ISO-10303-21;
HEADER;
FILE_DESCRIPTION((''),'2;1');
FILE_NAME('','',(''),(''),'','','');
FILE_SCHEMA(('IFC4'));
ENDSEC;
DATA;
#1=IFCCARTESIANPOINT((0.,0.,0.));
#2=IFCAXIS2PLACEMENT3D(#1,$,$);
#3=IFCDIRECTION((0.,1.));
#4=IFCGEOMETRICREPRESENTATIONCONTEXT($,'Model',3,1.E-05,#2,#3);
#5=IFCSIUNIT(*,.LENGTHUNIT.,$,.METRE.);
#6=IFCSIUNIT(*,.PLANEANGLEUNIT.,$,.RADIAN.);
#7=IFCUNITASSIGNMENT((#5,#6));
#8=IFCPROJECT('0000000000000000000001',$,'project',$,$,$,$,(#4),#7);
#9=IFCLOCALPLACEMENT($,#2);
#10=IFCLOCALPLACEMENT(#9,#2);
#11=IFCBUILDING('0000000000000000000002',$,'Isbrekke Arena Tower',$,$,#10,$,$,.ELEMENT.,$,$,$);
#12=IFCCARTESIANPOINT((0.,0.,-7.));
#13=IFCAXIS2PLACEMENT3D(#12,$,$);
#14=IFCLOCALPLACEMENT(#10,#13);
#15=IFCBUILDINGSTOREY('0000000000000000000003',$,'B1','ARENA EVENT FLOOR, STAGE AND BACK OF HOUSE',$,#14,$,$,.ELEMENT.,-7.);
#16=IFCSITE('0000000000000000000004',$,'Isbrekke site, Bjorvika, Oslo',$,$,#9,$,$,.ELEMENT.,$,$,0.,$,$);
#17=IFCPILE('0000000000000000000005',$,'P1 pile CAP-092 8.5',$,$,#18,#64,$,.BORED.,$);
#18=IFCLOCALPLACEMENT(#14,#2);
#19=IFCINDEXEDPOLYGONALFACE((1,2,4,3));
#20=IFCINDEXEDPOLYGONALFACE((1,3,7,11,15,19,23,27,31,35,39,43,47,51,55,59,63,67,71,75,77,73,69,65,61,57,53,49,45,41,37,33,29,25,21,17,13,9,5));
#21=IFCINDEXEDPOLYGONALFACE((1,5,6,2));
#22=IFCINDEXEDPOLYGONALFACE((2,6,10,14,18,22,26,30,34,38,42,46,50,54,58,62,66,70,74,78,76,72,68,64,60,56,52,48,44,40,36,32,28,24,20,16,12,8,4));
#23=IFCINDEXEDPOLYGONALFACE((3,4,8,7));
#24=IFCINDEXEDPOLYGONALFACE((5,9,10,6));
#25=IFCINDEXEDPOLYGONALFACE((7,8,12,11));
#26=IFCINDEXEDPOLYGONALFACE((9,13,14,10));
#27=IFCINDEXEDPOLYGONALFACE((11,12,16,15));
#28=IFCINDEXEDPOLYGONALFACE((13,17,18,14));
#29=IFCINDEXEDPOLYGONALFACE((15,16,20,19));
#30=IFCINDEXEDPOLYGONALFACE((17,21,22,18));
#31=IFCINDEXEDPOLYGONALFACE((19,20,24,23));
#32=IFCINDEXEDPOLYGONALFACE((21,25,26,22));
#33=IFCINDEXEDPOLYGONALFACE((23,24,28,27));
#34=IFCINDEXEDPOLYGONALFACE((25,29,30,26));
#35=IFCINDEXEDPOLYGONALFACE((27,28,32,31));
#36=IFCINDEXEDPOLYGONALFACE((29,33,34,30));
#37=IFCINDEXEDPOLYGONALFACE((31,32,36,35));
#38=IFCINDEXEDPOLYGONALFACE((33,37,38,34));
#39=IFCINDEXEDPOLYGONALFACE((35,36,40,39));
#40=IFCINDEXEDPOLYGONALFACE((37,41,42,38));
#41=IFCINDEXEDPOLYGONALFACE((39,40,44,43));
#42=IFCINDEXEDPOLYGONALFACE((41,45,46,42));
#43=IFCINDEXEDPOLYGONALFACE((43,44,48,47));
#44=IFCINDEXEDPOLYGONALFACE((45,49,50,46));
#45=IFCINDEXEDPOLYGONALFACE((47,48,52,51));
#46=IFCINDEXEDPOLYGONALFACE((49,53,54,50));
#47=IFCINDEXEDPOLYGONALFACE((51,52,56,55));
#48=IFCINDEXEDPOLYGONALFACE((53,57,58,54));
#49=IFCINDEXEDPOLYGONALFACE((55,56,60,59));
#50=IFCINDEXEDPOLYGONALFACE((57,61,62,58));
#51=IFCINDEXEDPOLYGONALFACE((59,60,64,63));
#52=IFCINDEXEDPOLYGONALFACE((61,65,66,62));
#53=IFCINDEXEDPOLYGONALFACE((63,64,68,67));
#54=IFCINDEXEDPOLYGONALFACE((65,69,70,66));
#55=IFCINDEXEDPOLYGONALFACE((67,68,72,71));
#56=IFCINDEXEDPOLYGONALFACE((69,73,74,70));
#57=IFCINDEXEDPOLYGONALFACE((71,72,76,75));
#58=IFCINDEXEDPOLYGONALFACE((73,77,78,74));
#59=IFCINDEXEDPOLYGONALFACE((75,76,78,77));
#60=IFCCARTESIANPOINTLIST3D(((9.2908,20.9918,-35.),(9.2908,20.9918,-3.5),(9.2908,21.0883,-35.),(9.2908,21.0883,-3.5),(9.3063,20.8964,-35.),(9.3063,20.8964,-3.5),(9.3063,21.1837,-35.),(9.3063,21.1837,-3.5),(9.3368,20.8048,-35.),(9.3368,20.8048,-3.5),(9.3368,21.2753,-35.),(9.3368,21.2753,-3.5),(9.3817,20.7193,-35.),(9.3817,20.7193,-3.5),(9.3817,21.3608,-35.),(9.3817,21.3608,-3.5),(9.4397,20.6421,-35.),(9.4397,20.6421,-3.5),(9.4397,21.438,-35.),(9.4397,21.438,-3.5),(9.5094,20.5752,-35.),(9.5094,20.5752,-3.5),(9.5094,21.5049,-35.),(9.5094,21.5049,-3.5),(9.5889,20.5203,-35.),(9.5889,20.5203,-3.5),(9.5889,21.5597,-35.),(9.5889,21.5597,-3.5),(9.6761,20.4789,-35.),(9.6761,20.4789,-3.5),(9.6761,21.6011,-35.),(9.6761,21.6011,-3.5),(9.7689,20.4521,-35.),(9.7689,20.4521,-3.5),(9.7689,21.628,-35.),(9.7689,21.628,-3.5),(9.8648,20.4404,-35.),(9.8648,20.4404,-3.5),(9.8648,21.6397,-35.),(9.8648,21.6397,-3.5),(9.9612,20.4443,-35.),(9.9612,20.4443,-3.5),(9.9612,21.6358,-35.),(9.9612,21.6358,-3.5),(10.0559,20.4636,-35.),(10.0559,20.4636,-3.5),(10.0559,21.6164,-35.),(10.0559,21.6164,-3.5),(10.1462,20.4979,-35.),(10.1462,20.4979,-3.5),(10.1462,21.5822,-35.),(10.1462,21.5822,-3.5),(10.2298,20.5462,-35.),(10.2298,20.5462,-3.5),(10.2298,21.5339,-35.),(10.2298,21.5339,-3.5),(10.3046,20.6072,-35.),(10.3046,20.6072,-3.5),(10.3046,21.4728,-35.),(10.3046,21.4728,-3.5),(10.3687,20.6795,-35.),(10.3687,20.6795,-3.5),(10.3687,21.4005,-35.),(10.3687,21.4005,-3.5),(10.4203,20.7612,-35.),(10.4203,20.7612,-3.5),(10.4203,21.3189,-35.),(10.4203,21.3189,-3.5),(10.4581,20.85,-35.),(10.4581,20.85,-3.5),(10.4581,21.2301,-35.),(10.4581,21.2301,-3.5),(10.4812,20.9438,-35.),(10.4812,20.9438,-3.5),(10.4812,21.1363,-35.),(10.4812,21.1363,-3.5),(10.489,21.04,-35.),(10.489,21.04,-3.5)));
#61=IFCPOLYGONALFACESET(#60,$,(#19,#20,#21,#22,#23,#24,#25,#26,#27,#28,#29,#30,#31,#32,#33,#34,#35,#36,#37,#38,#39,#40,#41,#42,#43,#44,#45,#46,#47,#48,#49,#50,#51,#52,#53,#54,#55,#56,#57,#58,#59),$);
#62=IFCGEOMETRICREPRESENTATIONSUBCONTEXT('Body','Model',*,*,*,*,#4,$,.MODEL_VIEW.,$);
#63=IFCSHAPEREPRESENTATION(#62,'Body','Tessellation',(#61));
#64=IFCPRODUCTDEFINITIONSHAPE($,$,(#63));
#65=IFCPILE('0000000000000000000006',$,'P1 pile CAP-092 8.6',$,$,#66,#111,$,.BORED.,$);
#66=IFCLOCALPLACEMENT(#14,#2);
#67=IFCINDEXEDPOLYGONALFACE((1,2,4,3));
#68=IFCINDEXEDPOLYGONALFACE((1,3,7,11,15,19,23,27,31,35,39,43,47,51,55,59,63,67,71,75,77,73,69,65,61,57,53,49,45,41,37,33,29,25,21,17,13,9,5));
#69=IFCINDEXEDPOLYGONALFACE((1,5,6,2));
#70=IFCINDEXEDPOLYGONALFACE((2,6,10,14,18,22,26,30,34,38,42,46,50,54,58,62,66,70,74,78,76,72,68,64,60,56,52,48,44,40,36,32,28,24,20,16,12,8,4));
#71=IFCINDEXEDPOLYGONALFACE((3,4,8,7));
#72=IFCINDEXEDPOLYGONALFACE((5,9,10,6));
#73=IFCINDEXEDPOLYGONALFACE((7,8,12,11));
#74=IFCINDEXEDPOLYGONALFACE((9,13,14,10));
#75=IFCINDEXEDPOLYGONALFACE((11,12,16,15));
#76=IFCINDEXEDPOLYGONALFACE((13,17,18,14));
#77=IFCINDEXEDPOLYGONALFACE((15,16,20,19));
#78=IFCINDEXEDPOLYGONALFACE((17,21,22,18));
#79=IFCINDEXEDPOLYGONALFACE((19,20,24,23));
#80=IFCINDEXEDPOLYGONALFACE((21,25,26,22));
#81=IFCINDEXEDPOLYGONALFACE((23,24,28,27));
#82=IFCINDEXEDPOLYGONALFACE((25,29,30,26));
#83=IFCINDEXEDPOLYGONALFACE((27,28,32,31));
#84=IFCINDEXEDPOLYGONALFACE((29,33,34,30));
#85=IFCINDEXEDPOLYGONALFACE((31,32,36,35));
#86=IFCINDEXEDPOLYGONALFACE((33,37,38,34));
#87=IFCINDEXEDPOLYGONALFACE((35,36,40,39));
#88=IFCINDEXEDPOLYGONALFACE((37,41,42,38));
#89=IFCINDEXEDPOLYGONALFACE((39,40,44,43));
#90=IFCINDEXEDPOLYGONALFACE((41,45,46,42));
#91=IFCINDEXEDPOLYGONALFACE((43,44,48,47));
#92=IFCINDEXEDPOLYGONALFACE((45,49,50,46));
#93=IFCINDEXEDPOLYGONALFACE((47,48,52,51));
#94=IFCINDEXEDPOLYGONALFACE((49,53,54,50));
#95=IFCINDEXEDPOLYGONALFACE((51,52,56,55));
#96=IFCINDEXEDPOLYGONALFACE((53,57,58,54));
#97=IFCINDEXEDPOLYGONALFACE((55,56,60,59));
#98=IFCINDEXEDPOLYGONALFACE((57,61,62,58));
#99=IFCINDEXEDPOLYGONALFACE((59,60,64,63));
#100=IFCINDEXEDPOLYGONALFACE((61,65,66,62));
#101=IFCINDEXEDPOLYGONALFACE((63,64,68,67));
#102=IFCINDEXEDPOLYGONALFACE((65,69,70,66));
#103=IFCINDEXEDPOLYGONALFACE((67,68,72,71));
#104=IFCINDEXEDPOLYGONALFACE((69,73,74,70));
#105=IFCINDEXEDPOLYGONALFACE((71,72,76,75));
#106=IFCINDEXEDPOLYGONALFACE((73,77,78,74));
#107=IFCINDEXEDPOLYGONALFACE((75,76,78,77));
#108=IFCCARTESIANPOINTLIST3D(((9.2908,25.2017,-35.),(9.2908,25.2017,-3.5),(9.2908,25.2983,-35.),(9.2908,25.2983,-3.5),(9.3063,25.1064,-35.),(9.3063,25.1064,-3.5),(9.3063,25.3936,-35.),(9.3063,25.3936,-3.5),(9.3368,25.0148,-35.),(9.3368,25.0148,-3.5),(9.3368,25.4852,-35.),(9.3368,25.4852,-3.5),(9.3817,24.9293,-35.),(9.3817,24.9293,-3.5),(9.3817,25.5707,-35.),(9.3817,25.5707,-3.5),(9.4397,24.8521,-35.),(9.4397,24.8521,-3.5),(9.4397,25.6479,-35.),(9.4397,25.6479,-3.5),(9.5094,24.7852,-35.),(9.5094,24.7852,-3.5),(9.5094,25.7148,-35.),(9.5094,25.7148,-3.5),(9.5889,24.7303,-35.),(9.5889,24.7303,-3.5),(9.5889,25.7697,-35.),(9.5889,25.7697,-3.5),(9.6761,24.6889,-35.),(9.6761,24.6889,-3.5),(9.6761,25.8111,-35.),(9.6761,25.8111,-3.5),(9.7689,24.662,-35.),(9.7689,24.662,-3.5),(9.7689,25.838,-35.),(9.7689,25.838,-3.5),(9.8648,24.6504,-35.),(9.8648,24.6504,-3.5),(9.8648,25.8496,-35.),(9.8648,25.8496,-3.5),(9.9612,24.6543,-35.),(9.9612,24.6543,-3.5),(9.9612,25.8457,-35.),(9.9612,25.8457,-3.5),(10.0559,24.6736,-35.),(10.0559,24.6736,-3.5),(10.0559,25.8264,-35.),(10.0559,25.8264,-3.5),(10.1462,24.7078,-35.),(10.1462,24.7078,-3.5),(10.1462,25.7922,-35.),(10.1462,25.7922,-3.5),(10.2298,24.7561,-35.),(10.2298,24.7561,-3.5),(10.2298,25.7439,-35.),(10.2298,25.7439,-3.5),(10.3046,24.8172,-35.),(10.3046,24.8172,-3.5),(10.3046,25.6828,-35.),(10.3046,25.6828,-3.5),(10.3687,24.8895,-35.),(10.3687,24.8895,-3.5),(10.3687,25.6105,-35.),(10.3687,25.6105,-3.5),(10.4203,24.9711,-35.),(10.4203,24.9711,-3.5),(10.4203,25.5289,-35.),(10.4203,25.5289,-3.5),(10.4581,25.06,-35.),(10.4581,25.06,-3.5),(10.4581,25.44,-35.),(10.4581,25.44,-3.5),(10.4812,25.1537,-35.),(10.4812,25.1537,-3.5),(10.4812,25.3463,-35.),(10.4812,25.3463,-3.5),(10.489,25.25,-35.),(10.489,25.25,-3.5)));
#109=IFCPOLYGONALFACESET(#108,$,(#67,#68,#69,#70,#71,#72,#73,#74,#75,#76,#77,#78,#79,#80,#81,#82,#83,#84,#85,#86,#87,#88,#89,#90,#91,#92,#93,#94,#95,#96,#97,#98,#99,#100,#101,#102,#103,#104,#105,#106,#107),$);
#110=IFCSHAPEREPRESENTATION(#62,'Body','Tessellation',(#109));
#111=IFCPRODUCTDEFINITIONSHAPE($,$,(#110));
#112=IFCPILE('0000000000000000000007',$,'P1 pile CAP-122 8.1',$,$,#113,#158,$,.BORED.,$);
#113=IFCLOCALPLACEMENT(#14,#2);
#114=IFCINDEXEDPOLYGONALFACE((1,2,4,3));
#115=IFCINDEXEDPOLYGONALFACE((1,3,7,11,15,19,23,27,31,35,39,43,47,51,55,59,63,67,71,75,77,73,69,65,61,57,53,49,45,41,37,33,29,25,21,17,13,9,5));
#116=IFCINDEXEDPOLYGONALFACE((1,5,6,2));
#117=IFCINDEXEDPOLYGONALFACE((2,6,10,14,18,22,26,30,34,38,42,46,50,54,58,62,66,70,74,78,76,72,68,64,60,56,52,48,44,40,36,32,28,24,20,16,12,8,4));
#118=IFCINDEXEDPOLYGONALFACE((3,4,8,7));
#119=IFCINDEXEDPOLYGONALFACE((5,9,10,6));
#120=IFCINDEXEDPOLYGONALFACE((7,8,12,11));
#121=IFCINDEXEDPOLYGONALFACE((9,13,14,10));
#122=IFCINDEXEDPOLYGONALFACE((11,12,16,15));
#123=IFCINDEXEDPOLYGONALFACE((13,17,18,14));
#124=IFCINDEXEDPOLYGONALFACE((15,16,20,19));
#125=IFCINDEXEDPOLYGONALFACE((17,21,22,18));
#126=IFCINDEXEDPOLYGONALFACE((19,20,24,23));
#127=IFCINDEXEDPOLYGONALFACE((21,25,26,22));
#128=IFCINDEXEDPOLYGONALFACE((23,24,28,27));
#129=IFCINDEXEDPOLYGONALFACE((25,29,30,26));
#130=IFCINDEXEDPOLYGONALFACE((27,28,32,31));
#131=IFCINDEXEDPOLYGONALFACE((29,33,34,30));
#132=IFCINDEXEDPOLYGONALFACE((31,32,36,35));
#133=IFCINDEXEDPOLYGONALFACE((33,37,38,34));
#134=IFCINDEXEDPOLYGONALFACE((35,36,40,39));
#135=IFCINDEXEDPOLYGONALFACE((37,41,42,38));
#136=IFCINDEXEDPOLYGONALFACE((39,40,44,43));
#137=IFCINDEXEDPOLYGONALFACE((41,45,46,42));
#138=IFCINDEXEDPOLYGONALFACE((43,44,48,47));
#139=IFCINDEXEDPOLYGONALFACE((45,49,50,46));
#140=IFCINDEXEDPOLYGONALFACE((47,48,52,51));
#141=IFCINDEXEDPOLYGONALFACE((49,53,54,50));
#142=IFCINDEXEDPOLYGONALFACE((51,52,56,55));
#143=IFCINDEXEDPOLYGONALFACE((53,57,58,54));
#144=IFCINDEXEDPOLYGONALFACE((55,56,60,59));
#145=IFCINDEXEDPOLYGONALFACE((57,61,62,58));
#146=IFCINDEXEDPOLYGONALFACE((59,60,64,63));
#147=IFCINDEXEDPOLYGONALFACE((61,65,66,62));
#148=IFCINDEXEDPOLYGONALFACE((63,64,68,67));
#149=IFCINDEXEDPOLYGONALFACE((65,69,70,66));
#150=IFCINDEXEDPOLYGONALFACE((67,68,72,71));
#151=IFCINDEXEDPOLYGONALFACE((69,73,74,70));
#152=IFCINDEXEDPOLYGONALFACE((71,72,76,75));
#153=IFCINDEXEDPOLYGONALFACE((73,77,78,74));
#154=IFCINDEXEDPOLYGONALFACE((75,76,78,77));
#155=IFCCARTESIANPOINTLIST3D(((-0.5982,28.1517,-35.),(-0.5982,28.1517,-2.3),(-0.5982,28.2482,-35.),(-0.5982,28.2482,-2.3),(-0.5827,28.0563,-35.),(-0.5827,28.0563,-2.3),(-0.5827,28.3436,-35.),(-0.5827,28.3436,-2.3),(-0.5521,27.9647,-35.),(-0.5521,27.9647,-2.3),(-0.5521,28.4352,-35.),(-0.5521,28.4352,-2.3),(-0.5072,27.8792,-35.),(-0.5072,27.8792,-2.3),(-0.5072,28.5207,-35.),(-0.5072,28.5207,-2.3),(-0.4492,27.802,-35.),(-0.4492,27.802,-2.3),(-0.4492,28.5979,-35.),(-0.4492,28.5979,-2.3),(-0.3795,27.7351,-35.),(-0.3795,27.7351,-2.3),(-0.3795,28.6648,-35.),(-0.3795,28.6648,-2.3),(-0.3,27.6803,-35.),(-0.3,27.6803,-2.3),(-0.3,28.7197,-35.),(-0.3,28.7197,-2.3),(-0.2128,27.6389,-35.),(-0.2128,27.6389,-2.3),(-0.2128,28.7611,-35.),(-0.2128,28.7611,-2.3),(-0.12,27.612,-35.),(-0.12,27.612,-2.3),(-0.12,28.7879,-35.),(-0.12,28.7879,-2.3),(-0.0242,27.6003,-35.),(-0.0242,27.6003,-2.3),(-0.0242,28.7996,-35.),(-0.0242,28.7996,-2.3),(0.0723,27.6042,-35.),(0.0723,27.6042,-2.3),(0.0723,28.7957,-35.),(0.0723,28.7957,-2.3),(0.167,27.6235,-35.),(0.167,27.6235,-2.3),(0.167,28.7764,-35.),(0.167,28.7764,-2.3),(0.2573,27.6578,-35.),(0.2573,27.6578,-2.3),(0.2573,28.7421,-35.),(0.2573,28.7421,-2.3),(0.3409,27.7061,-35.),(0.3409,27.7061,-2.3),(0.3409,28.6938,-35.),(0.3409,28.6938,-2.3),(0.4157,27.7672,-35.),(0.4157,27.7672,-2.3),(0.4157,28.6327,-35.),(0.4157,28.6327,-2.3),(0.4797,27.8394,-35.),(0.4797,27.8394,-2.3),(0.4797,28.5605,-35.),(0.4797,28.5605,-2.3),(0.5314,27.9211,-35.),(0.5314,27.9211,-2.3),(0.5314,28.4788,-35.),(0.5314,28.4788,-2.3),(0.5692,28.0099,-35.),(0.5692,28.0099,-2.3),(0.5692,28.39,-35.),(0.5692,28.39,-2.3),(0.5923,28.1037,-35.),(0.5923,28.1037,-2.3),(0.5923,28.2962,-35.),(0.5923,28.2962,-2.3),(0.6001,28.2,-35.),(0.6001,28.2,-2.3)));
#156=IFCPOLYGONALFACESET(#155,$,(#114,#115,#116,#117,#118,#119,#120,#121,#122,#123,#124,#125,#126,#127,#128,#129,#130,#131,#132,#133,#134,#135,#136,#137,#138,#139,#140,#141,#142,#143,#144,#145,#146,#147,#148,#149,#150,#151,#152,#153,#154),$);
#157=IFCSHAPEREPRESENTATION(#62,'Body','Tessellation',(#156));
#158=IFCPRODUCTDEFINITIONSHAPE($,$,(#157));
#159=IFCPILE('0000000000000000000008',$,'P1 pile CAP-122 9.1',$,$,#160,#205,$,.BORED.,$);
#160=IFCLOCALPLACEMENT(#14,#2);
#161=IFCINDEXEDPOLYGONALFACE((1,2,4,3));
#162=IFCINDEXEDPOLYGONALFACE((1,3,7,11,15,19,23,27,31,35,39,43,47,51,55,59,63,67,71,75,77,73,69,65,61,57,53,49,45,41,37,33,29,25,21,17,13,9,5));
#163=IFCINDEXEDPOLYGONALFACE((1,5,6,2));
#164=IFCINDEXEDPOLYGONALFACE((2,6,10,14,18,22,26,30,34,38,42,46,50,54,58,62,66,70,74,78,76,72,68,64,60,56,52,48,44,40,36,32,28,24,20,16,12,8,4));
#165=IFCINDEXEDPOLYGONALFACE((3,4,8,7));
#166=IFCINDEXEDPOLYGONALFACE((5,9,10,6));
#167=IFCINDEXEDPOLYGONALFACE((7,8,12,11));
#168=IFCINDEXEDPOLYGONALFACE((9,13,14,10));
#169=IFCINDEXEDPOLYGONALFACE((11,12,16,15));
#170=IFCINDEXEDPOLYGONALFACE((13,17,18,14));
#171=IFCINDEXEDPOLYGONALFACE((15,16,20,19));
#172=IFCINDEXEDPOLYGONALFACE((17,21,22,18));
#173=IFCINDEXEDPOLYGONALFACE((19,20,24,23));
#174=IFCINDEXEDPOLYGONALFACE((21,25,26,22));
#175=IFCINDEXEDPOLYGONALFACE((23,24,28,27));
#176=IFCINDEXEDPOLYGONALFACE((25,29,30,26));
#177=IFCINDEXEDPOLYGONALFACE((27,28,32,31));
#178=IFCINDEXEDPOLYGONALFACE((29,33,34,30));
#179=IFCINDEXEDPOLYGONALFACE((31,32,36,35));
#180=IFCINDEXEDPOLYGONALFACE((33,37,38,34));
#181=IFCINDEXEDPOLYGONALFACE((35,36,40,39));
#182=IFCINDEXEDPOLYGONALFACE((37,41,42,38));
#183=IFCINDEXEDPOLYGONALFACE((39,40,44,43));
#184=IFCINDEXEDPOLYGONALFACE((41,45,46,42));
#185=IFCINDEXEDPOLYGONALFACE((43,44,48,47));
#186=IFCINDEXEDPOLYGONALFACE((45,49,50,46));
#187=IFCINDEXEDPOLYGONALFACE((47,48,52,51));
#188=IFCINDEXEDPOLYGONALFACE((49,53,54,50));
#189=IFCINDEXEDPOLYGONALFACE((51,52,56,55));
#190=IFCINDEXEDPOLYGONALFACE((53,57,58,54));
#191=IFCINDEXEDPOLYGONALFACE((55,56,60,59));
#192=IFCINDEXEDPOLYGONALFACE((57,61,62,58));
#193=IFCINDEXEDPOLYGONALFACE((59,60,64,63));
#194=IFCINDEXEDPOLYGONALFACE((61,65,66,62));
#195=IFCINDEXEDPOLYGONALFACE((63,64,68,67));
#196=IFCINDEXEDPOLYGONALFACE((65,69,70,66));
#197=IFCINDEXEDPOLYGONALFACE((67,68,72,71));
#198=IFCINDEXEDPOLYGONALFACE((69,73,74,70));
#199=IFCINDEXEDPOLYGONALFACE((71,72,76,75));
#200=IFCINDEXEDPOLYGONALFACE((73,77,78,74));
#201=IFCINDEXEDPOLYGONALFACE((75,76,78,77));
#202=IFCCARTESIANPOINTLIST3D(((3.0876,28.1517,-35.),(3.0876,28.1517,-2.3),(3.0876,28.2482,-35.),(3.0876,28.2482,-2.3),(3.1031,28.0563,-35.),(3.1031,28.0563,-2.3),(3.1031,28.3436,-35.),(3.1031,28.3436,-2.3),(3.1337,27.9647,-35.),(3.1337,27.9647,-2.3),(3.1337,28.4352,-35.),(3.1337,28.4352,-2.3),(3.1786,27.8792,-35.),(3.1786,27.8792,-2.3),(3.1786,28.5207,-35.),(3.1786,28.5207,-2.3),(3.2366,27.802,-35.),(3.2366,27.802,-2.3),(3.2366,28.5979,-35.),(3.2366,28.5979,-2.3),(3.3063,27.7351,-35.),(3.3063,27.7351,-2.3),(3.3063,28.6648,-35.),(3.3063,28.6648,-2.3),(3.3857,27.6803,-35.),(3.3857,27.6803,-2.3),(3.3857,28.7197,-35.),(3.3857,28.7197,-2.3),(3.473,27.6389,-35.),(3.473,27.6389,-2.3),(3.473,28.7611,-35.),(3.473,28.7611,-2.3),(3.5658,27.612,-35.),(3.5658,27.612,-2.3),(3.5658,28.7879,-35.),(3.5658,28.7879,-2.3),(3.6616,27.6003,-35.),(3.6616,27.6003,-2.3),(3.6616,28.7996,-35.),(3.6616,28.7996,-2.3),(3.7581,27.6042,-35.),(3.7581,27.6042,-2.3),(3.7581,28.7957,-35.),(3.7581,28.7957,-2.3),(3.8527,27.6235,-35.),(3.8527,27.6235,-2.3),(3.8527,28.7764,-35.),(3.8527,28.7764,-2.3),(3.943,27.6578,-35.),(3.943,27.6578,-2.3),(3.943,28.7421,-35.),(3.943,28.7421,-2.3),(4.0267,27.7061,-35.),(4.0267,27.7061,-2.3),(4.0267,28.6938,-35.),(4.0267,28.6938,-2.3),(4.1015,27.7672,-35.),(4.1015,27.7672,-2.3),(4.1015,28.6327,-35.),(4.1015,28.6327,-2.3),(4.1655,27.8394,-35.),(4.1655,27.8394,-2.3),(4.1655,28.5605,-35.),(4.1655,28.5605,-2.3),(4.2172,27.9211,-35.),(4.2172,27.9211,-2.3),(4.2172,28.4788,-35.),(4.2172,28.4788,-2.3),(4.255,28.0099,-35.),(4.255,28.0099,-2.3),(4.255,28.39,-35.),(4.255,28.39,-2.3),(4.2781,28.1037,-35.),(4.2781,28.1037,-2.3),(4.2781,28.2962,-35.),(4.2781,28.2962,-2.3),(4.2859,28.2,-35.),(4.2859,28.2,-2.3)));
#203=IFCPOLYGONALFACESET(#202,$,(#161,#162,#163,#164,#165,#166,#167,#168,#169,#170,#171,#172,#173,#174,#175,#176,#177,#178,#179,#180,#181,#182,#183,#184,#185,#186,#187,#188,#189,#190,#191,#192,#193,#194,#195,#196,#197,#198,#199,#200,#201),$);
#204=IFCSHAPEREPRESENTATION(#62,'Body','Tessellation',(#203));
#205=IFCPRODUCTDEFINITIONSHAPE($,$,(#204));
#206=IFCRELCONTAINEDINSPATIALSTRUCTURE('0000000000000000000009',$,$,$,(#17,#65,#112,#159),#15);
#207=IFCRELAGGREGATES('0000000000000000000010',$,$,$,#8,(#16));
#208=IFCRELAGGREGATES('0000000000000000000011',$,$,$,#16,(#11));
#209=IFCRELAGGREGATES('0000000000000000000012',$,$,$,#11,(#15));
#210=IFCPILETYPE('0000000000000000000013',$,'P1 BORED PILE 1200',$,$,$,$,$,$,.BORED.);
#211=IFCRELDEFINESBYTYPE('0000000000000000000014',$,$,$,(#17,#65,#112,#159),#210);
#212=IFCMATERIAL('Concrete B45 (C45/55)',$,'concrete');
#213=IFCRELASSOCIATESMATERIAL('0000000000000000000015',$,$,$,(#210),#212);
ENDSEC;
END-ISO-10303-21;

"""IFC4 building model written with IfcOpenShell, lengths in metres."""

from ifc_helpers import new_model, si_unit, direction, frame, origin, origin_2d, place, context, subcontext, project, spatial, circle, extrude, material, material_profile, profile_set, type_object, element, save


model = new_model("IFC4")

# Units and contexts
model_context = context("Model", 3, precision=1e-05, world=origin(), true_north=direction((0.0, 1.0)))
body_context = subcontext(model_context, "Body", "Model", "MODEL_VIEW")
ifc_project = project(units=[si_unit("LENGTHUNIT", "METRE"), si_unit("PLANEANGLEUNIT", "RADIAN")], contexts=[model_context])

# Site, building, storey
site_placement = place(None, origin())
site = spatial("IfcSite", under=ifc_project, at=site_placement, Name="Isbrekke site, Bjorvika, Oslo", CompositionType="ELEMENT", RefElevation=0.0)
building_placement = place(site_placement, origin())
building = spatial("IfcBuilding", under=site, at=building_placement, Name="Isbrekke Arena Tower", CompositionType="ELEMENT")
storey_placement = place(building_placement, frame((0.0, 0.0, -7.0)))
storey = spatial("IfcBuildingStorey", under=building, at=storey_placement, Name="B1", Description="ARENA EVENT FLOOR, STAGE AND BACK OF HOUSE", CompositionType="ELEMENT", Elevation=-7.0)

# Piles
ifc_material_1 = material(Name="Concrete B45 (C45/55)", Category="concrete")
ifc_material_profile_1 = material_profile(ifc_material_1, circle(Radius=0.6001, at=origin_2d()), Name="BORED PILE D1200")
ifc_profile_set_1 = profile_set([ifc_material_profile_1], Name="Concrete B45 (C45/55)")
pile_type = type_object("IfcPileType", Name="P1 BORED PILE 1200", PredefinedType="BORED", material=ifc_profile_set_1)
for number, where, z_axis, x_axis, name in (
    (1, (9.8889, 21.04, -3.5), (0.0, 0.0, -1.0), (1.0, 0.0, 0.0), "P1 pile CAP-092 8.5"),
    (2, (9.8889, 25.25, -3.5), (0.0, 0.0, -1.0), (1.0, 0.0, 0.0), "P1 pile CAP-092 8.6"),
):
    element("IfcPile", number, at=place(storey_placement, frame(where, z_axis=z_axis, x_axis=x_axis)), inside=storey, type_object=pile_type, Name=name, PredefinedType="BORED", context=body_context, shape_type="SweptSolid", body=[
        extrude(circle(Radius=0.6001, at=origin_2d()), origin(), (0.0, 0.0, 1.0), 31.5),
    ])
for number, where, z_axis, x_axis, name in (
    (3, (0.0, 28.2, -2.3), (0.0, 0.0, -1.0), (1.0, 0.0, 0.0), "P1 pile CAP-122 8.1"),
    (4, (3.6858, 28.2, -2.3), (0.0, 0.0, -1.0), (1.0, 0.0, 0.0), "P1 pile CAP-122 9.1"),
):
    element("IfcPile", number, at=place(storey_placement, frame(where, z_axis=z_axis, x_axis=x_axis)), inside=storey, type_object=pile_type, Name=name, PredefinedType="BORED", context=body_context, shape_type="SweptSolid", body=[
        extrude(circle(Radius=0.6001, at=origin_2d()), origin(), (0.0, 0.0, 1.0), 32.7),
    ])

save(model, "model.ifc")
